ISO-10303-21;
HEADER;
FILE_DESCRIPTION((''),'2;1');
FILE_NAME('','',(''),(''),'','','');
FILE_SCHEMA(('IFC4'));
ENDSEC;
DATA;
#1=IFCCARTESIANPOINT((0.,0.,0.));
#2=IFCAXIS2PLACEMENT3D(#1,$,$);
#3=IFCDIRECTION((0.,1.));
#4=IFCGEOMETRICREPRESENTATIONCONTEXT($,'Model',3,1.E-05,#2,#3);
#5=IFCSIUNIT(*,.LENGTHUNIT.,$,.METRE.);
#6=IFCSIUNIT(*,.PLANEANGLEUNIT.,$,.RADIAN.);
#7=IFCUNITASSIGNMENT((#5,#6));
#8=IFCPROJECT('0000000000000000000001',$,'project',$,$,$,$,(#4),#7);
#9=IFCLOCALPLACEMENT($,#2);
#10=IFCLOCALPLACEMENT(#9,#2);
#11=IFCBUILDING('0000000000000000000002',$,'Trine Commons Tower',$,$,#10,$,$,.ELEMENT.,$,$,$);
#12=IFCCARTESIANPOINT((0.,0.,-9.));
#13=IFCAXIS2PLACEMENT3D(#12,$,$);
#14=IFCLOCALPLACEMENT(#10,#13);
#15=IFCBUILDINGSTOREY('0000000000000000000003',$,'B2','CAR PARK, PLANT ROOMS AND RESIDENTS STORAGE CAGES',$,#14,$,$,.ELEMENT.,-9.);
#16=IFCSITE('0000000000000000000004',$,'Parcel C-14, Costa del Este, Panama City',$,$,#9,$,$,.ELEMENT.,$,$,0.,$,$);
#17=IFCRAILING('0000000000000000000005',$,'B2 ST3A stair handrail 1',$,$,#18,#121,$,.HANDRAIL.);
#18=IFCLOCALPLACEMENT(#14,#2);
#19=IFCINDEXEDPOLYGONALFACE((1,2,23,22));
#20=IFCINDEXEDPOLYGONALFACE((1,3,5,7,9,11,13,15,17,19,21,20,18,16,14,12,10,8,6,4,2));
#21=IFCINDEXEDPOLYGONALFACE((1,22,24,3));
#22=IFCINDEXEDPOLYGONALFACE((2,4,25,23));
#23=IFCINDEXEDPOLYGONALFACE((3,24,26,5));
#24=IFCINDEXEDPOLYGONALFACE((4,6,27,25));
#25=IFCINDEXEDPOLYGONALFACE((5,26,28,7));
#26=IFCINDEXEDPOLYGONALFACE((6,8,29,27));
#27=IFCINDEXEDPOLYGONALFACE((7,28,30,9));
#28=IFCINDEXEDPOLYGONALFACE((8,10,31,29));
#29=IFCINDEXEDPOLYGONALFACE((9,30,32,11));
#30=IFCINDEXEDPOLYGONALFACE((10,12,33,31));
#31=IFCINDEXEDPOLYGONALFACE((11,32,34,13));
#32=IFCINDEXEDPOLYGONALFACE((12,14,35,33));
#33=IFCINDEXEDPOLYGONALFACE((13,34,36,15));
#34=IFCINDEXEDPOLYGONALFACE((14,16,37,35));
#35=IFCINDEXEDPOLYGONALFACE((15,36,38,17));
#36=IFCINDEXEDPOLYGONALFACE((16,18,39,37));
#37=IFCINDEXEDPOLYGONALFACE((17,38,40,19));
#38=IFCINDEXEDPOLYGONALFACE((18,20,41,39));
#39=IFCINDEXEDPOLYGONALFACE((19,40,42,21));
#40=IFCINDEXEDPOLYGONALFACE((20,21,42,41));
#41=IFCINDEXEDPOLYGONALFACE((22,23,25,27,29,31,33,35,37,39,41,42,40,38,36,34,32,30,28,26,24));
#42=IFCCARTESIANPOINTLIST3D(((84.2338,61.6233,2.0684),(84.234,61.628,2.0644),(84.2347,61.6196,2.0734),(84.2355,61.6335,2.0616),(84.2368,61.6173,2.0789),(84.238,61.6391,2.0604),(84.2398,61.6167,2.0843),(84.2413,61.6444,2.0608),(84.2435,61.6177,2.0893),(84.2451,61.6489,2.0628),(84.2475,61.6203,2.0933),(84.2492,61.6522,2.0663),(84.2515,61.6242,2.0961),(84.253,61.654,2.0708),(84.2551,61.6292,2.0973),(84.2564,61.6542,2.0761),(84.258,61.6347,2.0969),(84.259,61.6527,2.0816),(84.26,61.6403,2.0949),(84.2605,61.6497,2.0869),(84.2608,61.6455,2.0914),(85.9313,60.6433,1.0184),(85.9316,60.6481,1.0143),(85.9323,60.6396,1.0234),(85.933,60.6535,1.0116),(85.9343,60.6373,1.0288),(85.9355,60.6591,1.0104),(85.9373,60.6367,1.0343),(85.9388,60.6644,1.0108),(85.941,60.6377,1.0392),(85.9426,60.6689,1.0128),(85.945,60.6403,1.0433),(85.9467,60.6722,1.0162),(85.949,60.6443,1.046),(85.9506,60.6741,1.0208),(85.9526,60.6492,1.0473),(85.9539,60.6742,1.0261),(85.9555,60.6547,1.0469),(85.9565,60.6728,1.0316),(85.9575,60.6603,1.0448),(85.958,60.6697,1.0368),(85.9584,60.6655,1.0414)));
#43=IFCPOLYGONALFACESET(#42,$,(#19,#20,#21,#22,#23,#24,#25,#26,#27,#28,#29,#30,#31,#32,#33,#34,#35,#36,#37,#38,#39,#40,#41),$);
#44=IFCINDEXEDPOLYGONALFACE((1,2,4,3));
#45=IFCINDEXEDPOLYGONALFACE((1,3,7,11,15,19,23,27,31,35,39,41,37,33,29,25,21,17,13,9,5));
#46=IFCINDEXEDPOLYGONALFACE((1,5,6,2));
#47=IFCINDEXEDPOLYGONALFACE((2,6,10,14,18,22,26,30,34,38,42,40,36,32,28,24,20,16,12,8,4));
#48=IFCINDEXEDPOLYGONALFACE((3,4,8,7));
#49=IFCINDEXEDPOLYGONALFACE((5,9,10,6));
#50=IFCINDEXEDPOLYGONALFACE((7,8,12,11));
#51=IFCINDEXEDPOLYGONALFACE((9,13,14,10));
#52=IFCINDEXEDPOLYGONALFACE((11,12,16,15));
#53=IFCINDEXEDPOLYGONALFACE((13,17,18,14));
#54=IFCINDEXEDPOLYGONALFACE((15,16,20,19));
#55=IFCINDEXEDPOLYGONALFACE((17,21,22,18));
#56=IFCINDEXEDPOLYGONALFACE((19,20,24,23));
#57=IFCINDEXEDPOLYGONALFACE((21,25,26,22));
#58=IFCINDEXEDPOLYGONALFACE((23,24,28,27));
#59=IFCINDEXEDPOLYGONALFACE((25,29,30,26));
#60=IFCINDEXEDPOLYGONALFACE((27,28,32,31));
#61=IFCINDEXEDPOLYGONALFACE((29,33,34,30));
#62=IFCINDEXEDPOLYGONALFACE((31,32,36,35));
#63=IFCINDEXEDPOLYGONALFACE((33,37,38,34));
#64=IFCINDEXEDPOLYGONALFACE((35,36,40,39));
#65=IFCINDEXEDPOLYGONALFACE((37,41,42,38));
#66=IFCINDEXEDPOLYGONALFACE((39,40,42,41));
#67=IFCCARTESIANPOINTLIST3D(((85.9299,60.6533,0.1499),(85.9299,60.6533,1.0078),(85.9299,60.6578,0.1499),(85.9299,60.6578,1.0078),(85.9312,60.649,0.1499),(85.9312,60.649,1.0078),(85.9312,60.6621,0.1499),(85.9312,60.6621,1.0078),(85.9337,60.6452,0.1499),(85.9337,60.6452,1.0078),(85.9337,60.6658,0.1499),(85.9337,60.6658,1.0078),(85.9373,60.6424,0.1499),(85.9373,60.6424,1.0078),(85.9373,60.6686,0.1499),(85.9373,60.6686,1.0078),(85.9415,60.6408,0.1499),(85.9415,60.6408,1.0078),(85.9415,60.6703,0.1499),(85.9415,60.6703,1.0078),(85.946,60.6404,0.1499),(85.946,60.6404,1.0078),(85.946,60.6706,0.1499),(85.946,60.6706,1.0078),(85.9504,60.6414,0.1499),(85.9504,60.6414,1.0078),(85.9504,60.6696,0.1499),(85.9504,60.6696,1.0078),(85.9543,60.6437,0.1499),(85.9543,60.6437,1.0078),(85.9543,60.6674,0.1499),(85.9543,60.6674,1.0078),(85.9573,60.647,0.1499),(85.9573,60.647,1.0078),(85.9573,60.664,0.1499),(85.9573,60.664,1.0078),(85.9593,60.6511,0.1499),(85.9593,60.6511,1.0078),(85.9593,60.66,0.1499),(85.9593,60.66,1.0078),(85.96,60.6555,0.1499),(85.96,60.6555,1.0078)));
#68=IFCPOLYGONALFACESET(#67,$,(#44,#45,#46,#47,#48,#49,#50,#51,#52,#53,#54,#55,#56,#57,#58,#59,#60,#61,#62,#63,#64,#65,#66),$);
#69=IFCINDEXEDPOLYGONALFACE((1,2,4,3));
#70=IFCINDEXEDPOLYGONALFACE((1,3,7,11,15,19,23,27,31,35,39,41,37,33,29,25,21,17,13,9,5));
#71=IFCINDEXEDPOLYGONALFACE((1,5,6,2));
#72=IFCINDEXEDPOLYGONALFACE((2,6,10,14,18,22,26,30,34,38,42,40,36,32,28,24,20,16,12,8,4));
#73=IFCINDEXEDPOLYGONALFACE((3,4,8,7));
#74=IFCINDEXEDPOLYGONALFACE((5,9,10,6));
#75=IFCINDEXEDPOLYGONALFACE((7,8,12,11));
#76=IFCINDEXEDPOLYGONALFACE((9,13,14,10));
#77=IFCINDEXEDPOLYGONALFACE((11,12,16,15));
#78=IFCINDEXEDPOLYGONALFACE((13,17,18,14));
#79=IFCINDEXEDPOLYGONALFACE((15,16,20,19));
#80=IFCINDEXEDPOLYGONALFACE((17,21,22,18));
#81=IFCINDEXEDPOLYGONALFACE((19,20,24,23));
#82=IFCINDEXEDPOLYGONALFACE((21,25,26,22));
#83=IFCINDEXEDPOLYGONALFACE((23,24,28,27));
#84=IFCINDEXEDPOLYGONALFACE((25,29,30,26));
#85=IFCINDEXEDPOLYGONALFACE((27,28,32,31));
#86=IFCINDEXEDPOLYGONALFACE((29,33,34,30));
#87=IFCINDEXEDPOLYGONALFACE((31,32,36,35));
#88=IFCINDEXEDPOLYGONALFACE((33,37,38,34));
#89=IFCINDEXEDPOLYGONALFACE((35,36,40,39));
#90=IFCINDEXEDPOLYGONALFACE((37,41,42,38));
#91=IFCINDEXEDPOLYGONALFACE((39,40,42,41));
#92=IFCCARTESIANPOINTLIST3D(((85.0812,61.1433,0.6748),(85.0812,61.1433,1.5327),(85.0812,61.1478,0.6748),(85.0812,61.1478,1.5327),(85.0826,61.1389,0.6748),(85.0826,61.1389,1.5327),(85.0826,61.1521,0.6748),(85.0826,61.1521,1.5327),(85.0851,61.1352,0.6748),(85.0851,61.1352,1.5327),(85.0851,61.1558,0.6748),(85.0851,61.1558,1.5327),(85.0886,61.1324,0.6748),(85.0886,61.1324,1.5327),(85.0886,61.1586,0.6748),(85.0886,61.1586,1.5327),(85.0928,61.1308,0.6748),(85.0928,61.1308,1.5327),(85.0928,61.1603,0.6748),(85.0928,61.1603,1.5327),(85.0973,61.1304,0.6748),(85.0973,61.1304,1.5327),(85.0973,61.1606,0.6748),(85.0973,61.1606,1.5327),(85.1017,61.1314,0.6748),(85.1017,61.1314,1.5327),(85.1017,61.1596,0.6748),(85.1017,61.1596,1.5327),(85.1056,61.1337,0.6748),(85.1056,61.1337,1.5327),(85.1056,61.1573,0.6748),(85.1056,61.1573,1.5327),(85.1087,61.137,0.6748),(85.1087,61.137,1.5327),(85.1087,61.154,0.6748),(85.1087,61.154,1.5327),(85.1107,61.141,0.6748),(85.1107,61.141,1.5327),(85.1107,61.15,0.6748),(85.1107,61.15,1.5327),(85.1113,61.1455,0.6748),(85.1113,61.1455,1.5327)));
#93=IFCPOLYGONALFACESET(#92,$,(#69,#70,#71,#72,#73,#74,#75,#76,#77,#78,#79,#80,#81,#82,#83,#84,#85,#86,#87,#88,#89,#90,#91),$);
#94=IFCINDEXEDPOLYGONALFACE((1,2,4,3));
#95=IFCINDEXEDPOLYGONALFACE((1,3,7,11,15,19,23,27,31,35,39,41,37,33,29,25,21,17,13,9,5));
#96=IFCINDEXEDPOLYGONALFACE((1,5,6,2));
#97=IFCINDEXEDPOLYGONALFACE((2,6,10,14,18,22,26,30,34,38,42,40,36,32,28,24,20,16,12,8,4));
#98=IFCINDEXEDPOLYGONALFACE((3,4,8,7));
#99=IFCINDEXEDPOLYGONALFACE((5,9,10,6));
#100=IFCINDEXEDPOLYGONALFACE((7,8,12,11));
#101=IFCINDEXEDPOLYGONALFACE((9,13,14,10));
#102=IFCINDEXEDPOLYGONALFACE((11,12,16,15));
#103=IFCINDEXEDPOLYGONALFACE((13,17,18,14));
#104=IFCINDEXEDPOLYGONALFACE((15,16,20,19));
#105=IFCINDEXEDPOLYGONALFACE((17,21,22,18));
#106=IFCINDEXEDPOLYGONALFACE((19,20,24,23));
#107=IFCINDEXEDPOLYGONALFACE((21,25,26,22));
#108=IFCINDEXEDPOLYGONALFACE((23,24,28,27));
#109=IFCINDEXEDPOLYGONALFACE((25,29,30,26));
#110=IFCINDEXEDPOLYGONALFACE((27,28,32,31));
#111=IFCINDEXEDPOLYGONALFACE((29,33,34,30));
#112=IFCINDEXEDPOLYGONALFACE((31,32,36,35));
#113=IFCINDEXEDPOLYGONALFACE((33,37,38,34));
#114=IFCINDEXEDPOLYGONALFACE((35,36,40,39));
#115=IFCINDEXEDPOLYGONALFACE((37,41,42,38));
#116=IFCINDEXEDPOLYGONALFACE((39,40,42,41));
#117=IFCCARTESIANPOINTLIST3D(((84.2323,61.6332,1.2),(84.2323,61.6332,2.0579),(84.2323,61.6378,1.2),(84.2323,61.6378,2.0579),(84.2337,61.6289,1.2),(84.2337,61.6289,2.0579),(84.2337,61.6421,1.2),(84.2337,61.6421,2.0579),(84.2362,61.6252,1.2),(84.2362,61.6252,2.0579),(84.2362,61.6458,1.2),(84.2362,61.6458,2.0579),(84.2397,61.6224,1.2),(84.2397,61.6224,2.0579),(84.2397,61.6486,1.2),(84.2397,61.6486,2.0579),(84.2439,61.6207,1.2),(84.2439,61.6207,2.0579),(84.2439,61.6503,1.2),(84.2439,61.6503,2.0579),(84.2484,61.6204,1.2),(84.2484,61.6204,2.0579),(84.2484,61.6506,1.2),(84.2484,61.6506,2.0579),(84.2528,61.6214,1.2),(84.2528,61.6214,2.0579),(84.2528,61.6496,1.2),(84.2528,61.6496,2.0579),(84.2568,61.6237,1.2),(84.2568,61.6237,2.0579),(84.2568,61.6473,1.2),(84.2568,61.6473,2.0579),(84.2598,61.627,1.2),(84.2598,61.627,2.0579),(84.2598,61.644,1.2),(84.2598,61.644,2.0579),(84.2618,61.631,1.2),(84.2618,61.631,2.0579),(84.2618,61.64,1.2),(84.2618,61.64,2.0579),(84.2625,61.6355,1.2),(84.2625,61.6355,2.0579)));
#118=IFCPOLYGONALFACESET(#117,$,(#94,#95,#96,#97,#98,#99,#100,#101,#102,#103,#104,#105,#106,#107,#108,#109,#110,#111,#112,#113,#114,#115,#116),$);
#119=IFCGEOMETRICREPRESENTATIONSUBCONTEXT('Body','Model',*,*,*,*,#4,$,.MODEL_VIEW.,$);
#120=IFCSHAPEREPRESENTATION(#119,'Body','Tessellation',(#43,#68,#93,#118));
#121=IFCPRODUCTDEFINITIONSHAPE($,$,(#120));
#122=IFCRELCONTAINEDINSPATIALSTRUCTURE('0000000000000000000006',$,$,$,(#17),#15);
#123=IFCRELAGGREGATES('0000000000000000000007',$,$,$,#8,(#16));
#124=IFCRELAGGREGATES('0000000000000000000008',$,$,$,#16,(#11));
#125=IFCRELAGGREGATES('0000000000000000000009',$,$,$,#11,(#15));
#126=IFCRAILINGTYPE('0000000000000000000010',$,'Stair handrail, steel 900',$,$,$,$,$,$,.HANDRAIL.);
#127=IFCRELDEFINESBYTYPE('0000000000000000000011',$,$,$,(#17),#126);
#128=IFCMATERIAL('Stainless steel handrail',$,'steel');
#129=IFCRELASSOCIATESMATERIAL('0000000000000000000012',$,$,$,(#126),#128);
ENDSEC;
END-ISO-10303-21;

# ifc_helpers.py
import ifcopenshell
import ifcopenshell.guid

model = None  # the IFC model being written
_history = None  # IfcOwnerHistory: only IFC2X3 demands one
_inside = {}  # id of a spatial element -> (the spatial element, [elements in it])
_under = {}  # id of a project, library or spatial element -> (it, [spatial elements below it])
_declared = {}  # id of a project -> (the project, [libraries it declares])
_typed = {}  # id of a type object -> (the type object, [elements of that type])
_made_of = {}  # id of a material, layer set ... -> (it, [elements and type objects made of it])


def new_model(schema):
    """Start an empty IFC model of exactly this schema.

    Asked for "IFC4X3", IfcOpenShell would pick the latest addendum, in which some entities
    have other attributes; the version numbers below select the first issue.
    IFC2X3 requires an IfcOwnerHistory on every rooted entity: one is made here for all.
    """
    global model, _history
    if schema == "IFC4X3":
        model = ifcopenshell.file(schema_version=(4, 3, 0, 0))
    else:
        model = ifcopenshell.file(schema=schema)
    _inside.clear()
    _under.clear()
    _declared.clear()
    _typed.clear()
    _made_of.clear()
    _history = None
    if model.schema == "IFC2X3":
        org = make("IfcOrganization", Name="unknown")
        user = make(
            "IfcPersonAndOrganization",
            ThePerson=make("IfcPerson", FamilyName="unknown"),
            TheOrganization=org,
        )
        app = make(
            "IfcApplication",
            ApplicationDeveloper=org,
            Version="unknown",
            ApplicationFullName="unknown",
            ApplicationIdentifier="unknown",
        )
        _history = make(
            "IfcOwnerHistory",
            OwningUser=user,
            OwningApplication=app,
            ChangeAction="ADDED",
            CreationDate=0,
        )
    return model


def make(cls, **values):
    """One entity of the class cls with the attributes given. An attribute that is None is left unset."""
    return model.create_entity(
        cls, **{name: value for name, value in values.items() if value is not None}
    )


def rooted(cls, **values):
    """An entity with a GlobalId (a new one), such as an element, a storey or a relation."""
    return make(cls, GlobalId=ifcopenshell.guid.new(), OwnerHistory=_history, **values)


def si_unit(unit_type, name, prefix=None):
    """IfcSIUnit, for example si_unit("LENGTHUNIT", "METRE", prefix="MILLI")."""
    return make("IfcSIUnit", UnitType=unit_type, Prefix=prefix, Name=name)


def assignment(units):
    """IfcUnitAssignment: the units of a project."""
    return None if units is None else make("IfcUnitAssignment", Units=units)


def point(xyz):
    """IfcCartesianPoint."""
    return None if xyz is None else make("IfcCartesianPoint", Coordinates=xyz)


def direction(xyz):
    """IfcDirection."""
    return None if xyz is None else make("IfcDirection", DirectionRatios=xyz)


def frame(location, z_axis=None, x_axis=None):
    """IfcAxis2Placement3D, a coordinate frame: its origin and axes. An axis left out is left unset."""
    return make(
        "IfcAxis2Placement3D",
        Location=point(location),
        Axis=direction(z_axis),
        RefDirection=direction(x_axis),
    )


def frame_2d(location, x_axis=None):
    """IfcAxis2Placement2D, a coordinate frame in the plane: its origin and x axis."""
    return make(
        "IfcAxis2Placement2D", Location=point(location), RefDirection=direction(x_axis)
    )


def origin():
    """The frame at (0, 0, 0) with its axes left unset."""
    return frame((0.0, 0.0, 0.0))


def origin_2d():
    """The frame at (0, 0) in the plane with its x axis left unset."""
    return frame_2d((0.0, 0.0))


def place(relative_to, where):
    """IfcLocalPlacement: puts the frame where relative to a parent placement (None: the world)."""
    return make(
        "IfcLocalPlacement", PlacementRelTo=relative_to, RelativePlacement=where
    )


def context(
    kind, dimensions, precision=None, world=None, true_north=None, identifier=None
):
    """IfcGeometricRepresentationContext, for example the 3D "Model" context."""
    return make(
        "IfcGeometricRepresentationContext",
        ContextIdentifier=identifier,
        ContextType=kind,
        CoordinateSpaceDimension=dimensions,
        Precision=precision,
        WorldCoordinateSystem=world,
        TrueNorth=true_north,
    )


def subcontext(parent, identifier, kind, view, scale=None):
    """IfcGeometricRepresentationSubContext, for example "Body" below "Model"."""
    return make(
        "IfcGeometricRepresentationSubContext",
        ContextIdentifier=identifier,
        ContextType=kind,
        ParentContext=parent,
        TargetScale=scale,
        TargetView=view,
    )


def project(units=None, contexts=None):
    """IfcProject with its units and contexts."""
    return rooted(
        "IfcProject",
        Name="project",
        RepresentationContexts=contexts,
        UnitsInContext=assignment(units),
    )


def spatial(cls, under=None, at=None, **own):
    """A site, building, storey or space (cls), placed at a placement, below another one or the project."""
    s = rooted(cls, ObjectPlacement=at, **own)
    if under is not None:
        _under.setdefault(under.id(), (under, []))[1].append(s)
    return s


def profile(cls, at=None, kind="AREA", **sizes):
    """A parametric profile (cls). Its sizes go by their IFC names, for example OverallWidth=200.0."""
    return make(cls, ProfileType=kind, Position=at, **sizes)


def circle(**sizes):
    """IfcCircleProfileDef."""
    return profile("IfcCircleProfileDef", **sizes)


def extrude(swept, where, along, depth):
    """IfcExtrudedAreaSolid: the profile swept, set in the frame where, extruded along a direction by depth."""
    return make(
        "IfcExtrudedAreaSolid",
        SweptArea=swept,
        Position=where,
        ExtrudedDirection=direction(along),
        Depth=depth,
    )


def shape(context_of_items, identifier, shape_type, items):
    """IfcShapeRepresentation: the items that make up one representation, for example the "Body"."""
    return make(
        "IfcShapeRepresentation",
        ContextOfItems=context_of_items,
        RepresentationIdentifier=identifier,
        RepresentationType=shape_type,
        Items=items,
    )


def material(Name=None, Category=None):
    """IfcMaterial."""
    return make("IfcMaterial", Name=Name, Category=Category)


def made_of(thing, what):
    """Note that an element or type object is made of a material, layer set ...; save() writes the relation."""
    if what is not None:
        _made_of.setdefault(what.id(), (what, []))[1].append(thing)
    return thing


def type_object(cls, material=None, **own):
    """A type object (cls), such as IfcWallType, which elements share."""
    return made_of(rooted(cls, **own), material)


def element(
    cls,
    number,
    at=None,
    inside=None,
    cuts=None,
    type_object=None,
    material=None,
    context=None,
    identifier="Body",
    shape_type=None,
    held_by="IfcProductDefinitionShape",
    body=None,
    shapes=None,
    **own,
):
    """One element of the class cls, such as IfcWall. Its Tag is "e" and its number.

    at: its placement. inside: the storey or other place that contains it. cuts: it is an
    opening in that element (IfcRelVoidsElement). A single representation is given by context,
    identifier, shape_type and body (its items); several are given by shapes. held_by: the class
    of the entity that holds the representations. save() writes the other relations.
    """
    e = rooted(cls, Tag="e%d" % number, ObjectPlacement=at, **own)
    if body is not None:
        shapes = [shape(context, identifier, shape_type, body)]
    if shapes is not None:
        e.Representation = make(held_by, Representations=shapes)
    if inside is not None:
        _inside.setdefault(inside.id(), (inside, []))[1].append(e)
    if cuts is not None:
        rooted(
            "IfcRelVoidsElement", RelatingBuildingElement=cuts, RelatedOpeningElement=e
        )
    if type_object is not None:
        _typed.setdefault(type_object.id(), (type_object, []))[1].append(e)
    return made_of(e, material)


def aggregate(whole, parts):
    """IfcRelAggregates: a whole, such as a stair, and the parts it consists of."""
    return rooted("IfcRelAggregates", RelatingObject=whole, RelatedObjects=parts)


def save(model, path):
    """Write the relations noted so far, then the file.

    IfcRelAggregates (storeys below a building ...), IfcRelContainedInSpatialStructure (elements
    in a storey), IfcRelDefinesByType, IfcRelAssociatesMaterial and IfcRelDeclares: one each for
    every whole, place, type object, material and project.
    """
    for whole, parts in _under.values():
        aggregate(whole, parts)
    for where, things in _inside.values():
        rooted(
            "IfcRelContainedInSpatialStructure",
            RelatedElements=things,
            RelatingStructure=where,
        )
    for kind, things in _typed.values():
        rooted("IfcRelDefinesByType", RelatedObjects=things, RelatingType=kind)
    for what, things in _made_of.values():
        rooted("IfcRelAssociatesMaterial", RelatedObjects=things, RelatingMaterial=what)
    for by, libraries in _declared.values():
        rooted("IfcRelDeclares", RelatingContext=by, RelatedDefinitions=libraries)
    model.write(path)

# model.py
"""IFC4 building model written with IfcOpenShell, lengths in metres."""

from ifc_helpers import new_model, si_unit, direction, frame, origin, origin_2d, place, context, subcontext, project, spatial, circle, extrude, material, type_object, element, save


model = new_model("IFC4")

# Units and contexts
model_context = context("Model", 3, precision=1e-05, world=origin(), true_north=direction((0.0, 1.0)))
body_context = subcontext(model_context, "Body", "Model", "MODEL_VIEW")
ifc_project = project(units=[si_unit("LENGTHUNIT", "METRE"), si_unit("PLANEANGLEUNIT", "RADIAN")], contexts=[model_context])

# Site, building, storey
site_placement = place(None, origin())
site = spatial("IfcSite", under=ifc_project, at=site_placement, Name="Parcel C-14, Costa del Este, Panama City", CompositionType="ELEMENT", RefElevation=0.0)
building_placement = place(site_placement, origin())
building = spatial("IfcBuilding", under=site, at=building_placement, Name="Trine Commons Tower", CompositionType="ELEMENT")
storey_placement = place(building_placement, frame((0.0, 0.0, -9.0)))
storey = spatial("IfcBuildingStorey", under=building, at=storey_placement, Name="B2", Description="CAR PARK, PLANT ROOMS AND RESIDENTS STORAGE CAGES", CompositionType="ELEMENT", Elevation=-9.0)

# Railing
ifc_material_1 = material(Name="Stainless steel handrail", Category="steel")
railing_type_1 = type_object("IfcRailingType", Name="Stair handrail, steel 900", PredefinedType="HANDRAIL", material=ifc_material_1)
railing_1_placement = place(storey_placement, frame((85.9448, 60.6555, 0.1499)))
element("IfcRailing", 1, at=railing_1_placement, inside=storey, type_object=railing_type_1, Name="B2 ST3A stair handrail 1", PredefinedType="HANDRAIL", context=body_context, shape_type="SweptSolid", body=[
    extrude(circle(Radius=0.021, at=origin_2d()), frame((0.0, 0.0, 0.8789), z_axis=(-0.763398, 0.440713, 0.472224), x_axis=(-0.49997, -0.866042, 0.0)), (0.0, 0.0, 1.0), 2.2236),
    extrude(circle(Radius=0.0151, at=origin_2d()), origin(), (0.0, 0.0, 1.0), 0.8579),
    extrude(circle(Radius=0.0151, at=origin_2d()), frame((-0.8486, 0.49, 0.5249)), (0.0, 0.0, 1.0), 0.8579),
    extrude(circle(Radius=0.0151, at=origin_2d()), frame((-1.6975, 0.98, 1.05)), (0.0, 0.0, 1.0), 0.8579),
])

save(model, "model.ifc")
